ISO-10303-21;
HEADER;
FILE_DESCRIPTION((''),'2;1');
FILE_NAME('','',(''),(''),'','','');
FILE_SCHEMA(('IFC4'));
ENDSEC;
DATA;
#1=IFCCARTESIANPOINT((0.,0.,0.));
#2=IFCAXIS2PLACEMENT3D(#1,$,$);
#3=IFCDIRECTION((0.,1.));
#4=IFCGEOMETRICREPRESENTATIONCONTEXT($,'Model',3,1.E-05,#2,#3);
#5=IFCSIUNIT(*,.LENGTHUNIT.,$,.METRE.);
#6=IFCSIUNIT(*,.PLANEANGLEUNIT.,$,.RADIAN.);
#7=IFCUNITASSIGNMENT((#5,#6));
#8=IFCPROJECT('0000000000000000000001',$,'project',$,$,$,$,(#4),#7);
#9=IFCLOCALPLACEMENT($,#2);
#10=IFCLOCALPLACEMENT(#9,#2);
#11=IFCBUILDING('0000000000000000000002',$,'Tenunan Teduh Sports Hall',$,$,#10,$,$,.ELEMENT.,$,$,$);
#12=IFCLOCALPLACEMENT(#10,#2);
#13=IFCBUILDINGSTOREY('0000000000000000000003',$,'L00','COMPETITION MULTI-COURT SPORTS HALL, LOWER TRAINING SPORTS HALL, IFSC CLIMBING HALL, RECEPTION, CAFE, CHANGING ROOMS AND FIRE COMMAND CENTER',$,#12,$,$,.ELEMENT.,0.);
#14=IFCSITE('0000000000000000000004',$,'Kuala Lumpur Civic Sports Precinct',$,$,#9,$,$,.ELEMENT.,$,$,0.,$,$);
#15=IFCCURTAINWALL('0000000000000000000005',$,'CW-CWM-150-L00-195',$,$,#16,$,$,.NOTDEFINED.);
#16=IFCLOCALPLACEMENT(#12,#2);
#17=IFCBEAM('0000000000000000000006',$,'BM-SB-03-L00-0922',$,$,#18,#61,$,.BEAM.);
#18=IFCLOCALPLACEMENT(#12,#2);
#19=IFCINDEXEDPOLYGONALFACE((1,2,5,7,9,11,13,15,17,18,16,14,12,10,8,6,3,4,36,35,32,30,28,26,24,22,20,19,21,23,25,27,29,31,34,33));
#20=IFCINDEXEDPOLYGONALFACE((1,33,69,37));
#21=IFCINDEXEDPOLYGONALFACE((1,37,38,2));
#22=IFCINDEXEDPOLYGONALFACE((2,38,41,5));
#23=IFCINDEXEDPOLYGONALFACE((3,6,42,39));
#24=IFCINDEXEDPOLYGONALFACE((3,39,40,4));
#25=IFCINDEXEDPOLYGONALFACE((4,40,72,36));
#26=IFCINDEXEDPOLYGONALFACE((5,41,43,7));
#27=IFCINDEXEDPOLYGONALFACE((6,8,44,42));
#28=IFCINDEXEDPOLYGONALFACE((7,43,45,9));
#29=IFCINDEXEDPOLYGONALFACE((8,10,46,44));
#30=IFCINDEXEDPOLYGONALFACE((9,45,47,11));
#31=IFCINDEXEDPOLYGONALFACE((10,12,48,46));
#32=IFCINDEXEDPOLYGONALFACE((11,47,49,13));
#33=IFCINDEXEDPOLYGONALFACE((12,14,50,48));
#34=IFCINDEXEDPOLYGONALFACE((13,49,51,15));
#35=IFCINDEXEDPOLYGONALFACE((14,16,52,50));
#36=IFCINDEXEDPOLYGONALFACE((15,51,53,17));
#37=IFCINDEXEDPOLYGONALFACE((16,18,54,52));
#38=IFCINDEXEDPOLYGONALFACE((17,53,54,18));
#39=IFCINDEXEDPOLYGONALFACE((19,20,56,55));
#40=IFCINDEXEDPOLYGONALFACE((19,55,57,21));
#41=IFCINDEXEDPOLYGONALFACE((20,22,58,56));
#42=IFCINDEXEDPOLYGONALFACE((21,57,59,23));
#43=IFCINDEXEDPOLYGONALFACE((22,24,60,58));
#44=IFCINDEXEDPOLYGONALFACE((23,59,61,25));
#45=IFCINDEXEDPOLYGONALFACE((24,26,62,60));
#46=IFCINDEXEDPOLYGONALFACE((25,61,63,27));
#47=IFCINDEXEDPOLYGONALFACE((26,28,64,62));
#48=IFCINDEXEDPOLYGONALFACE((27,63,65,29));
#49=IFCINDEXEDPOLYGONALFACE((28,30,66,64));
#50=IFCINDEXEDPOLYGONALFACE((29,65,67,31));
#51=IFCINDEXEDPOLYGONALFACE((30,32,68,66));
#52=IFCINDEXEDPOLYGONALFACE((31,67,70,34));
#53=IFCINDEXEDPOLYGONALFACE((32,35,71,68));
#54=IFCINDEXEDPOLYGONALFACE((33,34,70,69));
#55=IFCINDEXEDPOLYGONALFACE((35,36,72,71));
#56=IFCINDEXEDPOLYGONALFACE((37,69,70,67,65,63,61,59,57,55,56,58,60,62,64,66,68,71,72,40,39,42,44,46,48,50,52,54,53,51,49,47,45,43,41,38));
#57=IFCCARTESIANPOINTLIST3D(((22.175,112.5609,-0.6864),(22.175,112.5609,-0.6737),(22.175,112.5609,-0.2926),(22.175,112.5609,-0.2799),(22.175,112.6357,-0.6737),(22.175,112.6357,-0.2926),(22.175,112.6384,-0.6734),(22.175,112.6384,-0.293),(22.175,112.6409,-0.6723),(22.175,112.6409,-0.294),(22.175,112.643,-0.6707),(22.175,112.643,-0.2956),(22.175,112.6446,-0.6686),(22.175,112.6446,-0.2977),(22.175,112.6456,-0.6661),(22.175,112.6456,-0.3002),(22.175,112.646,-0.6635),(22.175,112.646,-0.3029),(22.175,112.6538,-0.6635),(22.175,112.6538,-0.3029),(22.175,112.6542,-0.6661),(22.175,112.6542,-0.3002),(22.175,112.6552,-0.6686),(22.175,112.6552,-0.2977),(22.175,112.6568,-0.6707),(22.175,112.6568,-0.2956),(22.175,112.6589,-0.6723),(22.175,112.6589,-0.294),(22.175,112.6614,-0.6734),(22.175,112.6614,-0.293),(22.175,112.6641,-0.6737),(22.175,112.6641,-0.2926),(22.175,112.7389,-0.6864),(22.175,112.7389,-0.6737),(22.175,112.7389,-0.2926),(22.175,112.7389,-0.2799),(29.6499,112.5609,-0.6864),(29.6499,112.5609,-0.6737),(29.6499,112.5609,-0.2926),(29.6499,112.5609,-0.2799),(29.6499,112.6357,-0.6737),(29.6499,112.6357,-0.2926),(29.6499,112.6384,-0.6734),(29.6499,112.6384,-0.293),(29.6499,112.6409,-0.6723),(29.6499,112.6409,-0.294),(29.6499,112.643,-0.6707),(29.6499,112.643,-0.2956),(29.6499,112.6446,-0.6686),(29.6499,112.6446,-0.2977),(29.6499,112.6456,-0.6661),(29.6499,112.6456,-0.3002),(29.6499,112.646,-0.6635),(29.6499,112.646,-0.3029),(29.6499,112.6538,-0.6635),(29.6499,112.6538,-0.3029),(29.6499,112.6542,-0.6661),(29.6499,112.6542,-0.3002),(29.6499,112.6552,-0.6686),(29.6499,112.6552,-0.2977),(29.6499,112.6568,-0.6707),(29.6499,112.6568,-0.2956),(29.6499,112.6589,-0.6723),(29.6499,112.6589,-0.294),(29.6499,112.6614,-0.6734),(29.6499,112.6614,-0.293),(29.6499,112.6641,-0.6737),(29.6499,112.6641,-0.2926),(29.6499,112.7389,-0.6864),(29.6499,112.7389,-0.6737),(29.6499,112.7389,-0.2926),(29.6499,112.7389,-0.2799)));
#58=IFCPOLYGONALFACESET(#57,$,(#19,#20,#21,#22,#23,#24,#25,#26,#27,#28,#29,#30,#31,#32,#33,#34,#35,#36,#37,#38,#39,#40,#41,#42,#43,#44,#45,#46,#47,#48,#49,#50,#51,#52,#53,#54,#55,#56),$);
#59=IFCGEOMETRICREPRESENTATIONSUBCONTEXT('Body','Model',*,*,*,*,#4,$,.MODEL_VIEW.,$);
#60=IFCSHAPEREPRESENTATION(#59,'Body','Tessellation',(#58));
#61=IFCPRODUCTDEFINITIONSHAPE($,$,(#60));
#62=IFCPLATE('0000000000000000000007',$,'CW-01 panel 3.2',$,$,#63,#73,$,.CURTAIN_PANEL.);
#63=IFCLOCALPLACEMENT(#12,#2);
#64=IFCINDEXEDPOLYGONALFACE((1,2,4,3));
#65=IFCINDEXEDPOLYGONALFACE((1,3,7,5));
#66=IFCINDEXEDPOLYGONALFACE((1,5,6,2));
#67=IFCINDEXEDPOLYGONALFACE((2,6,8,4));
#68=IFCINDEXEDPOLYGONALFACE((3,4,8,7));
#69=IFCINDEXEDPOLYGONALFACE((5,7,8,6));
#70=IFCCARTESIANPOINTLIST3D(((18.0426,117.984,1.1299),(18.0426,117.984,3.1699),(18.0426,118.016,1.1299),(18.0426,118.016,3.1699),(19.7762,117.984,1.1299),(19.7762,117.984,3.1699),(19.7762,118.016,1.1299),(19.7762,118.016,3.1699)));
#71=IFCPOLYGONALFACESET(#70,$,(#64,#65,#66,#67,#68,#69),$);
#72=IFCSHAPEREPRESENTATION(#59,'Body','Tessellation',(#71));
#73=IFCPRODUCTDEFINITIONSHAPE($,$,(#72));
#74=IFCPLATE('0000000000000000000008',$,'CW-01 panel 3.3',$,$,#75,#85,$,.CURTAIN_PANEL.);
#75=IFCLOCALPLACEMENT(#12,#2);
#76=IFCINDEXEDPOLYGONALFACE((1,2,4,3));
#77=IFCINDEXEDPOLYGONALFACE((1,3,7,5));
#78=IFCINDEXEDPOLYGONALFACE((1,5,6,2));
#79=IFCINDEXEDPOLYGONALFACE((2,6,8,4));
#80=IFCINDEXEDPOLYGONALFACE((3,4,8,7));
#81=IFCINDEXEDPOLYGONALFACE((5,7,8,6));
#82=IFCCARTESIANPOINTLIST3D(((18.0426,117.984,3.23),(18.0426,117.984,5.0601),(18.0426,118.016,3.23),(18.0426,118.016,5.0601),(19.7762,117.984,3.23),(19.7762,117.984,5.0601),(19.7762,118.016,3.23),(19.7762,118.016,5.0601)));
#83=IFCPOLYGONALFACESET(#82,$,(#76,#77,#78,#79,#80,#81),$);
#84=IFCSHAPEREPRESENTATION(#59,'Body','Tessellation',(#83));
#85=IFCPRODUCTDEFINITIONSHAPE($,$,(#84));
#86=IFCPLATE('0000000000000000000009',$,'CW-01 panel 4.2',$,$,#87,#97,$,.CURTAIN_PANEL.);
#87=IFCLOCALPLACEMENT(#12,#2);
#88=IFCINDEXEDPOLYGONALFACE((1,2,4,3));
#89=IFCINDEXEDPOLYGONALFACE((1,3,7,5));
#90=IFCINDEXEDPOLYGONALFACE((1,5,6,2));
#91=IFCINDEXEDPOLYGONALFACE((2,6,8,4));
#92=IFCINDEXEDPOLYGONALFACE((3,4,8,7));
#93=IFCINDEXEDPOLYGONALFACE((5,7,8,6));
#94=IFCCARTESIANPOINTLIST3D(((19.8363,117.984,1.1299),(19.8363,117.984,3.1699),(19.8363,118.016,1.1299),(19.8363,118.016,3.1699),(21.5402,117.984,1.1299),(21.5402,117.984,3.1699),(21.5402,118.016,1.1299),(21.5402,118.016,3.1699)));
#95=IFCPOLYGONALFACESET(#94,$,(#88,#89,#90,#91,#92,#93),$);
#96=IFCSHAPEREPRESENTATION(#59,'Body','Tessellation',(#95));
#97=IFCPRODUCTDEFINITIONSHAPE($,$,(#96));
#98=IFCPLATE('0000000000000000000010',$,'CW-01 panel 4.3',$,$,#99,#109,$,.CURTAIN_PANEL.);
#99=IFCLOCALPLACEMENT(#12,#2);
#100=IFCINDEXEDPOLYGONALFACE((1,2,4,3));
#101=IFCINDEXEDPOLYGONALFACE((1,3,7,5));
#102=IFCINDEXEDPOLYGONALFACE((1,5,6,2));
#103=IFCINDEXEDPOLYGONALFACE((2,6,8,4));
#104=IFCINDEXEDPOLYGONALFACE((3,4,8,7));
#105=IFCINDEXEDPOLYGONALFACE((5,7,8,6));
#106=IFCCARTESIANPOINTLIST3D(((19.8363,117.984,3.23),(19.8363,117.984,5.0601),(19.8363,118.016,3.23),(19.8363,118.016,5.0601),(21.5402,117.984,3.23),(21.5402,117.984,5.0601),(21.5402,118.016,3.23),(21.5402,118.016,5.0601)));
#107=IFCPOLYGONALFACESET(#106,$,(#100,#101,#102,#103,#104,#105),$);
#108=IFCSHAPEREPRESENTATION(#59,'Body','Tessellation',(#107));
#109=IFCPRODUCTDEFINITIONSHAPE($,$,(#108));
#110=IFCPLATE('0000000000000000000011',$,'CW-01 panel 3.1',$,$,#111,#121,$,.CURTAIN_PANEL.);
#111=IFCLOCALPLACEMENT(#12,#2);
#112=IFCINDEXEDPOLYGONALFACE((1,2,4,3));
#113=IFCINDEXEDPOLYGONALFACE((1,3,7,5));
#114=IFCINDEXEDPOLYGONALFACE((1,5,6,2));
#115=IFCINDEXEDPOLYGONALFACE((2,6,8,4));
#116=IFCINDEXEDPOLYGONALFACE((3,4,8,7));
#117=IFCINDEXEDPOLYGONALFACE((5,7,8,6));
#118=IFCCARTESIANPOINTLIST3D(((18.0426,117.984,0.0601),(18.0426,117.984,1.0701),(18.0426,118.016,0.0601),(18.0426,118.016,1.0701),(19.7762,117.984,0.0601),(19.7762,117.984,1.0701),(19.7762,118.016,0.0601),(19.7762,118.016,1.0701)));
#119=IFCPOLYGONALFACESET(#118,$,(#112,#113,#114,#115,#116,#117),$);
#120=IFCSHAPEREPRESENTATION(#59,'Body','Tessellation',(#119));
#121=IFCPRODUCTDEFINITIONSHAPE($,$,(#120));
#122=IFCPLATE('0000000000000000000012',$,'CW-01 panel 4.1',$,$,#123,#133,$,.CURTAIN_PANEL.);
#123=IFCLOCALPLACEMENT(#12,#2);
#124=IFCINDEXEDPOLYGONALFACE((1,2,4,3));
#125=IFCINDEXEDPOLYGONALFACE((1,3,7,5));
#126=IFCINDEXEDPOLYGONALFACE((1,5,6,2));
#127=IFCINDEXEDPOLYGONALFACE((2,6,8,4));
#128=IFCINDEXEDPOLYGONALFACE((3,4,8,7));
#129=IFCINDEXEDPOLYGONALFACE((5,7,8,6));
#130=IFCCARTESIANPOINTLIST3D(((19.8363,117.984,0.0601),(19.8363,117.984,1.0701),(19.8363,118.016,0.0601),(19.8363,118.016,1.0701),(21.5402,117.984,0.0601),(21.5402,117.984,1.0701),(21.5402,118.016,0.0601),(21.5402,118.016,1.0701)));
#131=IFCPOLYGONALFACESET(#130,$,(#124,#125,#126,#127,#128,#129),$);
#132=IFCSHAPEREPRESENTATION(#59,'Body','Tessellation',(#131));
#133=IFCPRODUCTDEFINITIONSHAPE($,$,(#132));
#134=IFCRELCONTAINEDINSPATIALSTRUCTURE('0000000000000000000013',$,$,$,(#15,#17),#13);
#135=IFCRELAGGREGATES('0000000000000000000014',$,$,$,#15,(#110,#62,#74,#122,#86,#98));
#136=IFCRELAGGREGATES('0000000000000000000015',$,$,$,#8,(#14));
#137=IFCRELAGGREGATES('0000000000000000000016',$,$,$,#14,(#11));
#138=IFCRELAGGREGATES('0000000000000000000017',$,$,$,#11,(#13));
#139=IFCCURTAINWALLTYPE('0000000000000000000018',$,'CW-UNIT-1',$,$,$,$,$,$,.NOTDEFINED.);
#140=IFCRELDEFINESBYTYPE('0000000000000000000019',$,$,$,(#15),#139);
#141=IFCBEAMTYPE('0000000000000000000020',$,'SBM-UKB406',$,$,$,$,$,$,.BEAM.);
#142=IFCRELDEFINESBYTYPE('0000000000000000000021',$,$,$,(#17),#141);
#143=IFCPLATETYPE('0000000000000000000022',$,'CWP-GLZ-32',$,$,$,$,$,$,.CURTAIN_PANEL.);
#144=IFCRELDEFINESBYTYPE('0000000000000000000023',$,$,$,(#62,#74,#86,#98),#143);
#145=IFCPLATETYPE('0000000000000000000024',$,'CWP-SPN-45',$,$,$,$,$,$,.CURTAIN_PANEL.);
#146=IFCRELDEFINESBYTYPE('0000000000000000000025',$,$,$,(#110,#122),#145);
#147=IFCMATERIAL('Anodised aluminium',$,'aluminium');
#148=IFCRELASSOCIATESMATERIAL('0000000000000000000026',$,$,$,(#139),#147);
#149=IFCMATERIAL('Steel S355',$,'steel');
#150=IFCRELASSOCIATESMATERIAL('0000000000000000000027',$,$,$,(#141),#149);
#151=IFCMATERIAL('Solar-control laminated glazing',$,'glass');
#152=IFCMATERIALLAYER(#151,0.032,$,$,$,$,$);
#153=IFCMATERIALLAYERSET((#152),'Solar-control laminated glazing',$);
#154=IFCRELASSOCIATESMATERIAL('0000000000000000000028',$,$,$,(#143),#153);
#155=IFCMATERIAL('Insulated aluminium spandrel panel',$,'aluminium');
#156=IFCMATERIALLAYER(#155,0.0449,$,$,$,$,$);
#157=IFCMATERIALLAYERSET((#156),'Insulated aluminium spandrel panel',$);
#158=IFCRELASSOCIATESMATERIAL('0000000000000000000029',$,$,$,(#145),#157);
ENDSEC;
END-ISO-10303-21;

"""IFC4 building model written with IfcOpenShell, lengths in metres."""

from ifc_helpers import new_model, si_unit, direction, frame, origin, origin_2d, place, context, subcontext, project, spatial, rectangle, i_section, extrude, material, layer, layer_set, material_profile, profile_set, type_object, element, aggregate, save


model = new_model("IFC4")

# Units and contexts
model_context = context("Model", 3, precision=1e-05, world=origin(), true_north=direction((0.0, 1.0)))
body_context = subcontext(model_context, "Body", "Model", "MODEL_VIEW")
ifc_project = project(units=[si_unit("LENGTHUNIT", "METRE"), si_unit("PLANEANGLEUNIT", "RADIAN")], contexts=[model_context])

# Site, building, storey
site_placement = place(None, origin())
site = spatial("IfcSite", under=ifc_project, at=site_placement, Name="Kuala Lumpur Civic Sports Precinct", CompositionType="ELEMENT", RefElevation=0.0)
building_placement = place(site_placement, origin())
building = spatial("IfcBuilding", under=site, at=building_placement, Name="Tenunan Teduh Sports Hall", CompositionType="ELEMENT")
storey_placement = place(building_placement, origin())
storey = spatial("IfcBuildingStorey", under=building, at=storey_placement, Name="L00", Description="COMPETITION MULTI-COURT SPORTS HALL, LOWER TRAINING SPORTS HALL, IFSC CLIMBING HALL, RECEPTION, CAFE, CHANGING ROOMS AND FIRE COMMAND CENTER", CompositionType="ELEMENT", Elevation=0.0)

# Curtain wall
ifc_material_1 = material(Name="Anodised aluminium", Category="aluminium")
curtain_wall_type = type_object("IfcCurtainWallType", Name="CW-UNIT-1", PredefinedType="NOTDEFINED", material=ifc_material_1)
curtain_wall_placement = place(storey_placement, origin())
curtain_wall = element("IfcCurtainWall", 1, at=curtain_wall_placement, inside=storey, type_object=curtain_wall_type, Name="CW-CWM-150-L00-195", PredefinedType="NOTDEFINED")

# Beam
ifc_material_2 = material(Name="Steel S355", Category="steel")
ifc_material_profile_1 = material_profile(ifc_material_2, i_section(OverallWidth=0.178, OverallDepth=0.4065, WebThickness=0.0078, FlangeThickness=0.0127, FilletRadius=0.0103, at=origin_2d()), Name="UKB 406x178x60")
ifc_profile_set_1 = profile_set([ifc_material_profile_1], Name="Steel S355")
beam_type_1 = type_object("IfcBeamType", Name="SBM-UKB406", PredefinedType="BEAM", material=ifc_profile_set_1)
beam_1_placement = place(storey_placement, frame((22.175, 112.6499, -0.4832), z_axis=(1.0, 0.0, 0.0), x_axis=(0.0, 1.0, 0.0)))
element("IfcBeam", 2, at=beam_1_placement, inside=storey, type_object=beam_type_1, Name="BM-SB-03-L00-0922", PredefinedType="BEAM", context=body_context, shape_type="SweptSolid", body=[
    extrude(i_section(OverallWidth=0.178, OverallDepth=0.4065, WebThickness=0.0078, FlangeThickness=0.0127, FilletRadius=0.0103, at=origin_2d()), origin(), (0.0, 0.0, 1.0), 7.4749),
])

# Plates
ifc_material_3 = material(Name="Solar-control laminated glazing", Category="glass")
ifc_layer_1 = layer(ifc_material_3, 0.032)
ifc_layer_set_1 = layer_set([ifc_layer_1], Name="Solar-control laminated glazing")
plate_type_1 = type_object("IfcPlateType", Name="CWP-GLZ-32", PredefinedType="CURTAIN_PANEL", material=ifc_layer_set_1)
plate_1_placement = place(storey_placement, frame((18.9094, 118.0, 1.1299), z_axis=(0.0, 0.0, 1.0), x_axis=(1.0, 0.0, 0.0)))
plate_1 = element("IfcPlate", 3, at=plate_1_placement, type_object=plate_type_1, Name="CW-01 panel 3.2", PredefinedType="CURTAIN_PANEL", context=body_context, shape_type="SweptSolid", body=[
    extrude(rectangle(XDim=1.7336, YDim=0.032, at=origin_2d()), origin(), (0.0, 0.0, 1.0), 2.04),
])
plate_2_placement = place(storey_placement, frame((18.9094, 118.0, 3.23), z_axis=(0.0, 0.0, 1.0), x_axis=(1.0, 0.0, 0.0)))
plate_2 = element("IfcPlate", 4, at=plate_2_placement, type_object=plate_type_1, Name="CW-01 panel 3.3", PredefinedType="CURTAIN_PANEL", context=body_context, shape_type="SweptSolid", body=[
    extrude(rectangle(XDim=1.7336, YDim=0.032, at=origin_2d()), origin(), (0.0, 0.0, 1.0), 1.8301),
])
plate_3_placement = place(storey_placement, frame((20.6882, 118.0, 1.1299), z_axis=(0.0, 0.0, 1.0), x_axis=(1.0, 0.0, 0.0)))
plate_3 = element("IfcPlate", 5, at=plate_3_placement, type_object=plate_type_1, Name="CW-01 panel 4.2", PredefinedType="CURTAIN_PANEL", context=body_context, shape_type="SweptSolid", body=[
    extrude(rectangle(XDim=1.7039, YDim=0.032, at=origin_2d()), origin(), (0.0, 0.0, 1.0), 2.04),
])
plate_4_placement = place(storey_placement, frame((20.6882, 118.0, 3.23), z_axis=(0.0, 0.0, 1.0), x_axis=(1.0, 0.0, 0.0)))
plate_4 = element("IfcPlate", 6, at=plate_4_placement, type_object=plate_type_1, Name="CW-01 panel 4.3", PredefinedType="CURTAIN_PANEL", context=body_context, shape_type="SweptSolid", body=[
    extrude(rectangle(XDim=1.7039, YDim=0.032, at=origin_2d()), origin(), (0.0, 0.0, 1.0), 1.8301),
])
ifc_material_4 = material(Name="Insulated aluminium spandrel panel", Category="aluminium")
ifc_layer_2 = layer(ifc_material_4, 0.0449)
ifc_layer_set_2 = layer_set([ifc_layer_2], Name="Insulated aluminium spandrel panel")
plate_type_2 = type_object("IfcPlateType", Name="CWP-SPN-45", PredefinedType="CURTAIN_PANEL", material=ifc_layer_set_2)
plate_5_placement = place(storey_placement, frame((18.9094, 118.0, 0.0601), z_axis=(0.0, 0.0, 1.0), x_axis=(1.0, 0.0, 0.0)))
plate_5 = element("IfcPlate", 7, at=plate_5_placement, type_object=plate_type_2, Name="CW-01 panel 3.1", PredefinedType="CURTAIN_PANEL", context=body_context, shape_type="SweptSolid", body=[
    extrude(rectangle(XDim=1.7336, YDim=0.032, at=origin_2d()), origin(), (0.0, 0.0, 1.0), 1.01),
])
plate_6_placement = place(storey_placement, frame((20.6882, 118.0, 0.0601), z_axis=(0.0, 0.0, 1.0), x_axis=(1.0, 0.0, 0.0)))
plate_6 = element("IfcPlate", 8, at=plate_6_placement, type_object=plate_type_2, Name="CW-01 panel 4.1", PredefinedType="CURTAIN_PANEL", context=body_context, shape_type="SweptSolid", body=[
    extrude(rectangle(XDim=1.7039, YDim=0.032, at=origin_2d()), origin(), (0.0, 0.0, 1.0), 1.01),
])
aggregate(curtain_wall, [plate_5, plate_1, plate_2, plate_6, plate_3, plate_4])

save(model, "model.ifc")
